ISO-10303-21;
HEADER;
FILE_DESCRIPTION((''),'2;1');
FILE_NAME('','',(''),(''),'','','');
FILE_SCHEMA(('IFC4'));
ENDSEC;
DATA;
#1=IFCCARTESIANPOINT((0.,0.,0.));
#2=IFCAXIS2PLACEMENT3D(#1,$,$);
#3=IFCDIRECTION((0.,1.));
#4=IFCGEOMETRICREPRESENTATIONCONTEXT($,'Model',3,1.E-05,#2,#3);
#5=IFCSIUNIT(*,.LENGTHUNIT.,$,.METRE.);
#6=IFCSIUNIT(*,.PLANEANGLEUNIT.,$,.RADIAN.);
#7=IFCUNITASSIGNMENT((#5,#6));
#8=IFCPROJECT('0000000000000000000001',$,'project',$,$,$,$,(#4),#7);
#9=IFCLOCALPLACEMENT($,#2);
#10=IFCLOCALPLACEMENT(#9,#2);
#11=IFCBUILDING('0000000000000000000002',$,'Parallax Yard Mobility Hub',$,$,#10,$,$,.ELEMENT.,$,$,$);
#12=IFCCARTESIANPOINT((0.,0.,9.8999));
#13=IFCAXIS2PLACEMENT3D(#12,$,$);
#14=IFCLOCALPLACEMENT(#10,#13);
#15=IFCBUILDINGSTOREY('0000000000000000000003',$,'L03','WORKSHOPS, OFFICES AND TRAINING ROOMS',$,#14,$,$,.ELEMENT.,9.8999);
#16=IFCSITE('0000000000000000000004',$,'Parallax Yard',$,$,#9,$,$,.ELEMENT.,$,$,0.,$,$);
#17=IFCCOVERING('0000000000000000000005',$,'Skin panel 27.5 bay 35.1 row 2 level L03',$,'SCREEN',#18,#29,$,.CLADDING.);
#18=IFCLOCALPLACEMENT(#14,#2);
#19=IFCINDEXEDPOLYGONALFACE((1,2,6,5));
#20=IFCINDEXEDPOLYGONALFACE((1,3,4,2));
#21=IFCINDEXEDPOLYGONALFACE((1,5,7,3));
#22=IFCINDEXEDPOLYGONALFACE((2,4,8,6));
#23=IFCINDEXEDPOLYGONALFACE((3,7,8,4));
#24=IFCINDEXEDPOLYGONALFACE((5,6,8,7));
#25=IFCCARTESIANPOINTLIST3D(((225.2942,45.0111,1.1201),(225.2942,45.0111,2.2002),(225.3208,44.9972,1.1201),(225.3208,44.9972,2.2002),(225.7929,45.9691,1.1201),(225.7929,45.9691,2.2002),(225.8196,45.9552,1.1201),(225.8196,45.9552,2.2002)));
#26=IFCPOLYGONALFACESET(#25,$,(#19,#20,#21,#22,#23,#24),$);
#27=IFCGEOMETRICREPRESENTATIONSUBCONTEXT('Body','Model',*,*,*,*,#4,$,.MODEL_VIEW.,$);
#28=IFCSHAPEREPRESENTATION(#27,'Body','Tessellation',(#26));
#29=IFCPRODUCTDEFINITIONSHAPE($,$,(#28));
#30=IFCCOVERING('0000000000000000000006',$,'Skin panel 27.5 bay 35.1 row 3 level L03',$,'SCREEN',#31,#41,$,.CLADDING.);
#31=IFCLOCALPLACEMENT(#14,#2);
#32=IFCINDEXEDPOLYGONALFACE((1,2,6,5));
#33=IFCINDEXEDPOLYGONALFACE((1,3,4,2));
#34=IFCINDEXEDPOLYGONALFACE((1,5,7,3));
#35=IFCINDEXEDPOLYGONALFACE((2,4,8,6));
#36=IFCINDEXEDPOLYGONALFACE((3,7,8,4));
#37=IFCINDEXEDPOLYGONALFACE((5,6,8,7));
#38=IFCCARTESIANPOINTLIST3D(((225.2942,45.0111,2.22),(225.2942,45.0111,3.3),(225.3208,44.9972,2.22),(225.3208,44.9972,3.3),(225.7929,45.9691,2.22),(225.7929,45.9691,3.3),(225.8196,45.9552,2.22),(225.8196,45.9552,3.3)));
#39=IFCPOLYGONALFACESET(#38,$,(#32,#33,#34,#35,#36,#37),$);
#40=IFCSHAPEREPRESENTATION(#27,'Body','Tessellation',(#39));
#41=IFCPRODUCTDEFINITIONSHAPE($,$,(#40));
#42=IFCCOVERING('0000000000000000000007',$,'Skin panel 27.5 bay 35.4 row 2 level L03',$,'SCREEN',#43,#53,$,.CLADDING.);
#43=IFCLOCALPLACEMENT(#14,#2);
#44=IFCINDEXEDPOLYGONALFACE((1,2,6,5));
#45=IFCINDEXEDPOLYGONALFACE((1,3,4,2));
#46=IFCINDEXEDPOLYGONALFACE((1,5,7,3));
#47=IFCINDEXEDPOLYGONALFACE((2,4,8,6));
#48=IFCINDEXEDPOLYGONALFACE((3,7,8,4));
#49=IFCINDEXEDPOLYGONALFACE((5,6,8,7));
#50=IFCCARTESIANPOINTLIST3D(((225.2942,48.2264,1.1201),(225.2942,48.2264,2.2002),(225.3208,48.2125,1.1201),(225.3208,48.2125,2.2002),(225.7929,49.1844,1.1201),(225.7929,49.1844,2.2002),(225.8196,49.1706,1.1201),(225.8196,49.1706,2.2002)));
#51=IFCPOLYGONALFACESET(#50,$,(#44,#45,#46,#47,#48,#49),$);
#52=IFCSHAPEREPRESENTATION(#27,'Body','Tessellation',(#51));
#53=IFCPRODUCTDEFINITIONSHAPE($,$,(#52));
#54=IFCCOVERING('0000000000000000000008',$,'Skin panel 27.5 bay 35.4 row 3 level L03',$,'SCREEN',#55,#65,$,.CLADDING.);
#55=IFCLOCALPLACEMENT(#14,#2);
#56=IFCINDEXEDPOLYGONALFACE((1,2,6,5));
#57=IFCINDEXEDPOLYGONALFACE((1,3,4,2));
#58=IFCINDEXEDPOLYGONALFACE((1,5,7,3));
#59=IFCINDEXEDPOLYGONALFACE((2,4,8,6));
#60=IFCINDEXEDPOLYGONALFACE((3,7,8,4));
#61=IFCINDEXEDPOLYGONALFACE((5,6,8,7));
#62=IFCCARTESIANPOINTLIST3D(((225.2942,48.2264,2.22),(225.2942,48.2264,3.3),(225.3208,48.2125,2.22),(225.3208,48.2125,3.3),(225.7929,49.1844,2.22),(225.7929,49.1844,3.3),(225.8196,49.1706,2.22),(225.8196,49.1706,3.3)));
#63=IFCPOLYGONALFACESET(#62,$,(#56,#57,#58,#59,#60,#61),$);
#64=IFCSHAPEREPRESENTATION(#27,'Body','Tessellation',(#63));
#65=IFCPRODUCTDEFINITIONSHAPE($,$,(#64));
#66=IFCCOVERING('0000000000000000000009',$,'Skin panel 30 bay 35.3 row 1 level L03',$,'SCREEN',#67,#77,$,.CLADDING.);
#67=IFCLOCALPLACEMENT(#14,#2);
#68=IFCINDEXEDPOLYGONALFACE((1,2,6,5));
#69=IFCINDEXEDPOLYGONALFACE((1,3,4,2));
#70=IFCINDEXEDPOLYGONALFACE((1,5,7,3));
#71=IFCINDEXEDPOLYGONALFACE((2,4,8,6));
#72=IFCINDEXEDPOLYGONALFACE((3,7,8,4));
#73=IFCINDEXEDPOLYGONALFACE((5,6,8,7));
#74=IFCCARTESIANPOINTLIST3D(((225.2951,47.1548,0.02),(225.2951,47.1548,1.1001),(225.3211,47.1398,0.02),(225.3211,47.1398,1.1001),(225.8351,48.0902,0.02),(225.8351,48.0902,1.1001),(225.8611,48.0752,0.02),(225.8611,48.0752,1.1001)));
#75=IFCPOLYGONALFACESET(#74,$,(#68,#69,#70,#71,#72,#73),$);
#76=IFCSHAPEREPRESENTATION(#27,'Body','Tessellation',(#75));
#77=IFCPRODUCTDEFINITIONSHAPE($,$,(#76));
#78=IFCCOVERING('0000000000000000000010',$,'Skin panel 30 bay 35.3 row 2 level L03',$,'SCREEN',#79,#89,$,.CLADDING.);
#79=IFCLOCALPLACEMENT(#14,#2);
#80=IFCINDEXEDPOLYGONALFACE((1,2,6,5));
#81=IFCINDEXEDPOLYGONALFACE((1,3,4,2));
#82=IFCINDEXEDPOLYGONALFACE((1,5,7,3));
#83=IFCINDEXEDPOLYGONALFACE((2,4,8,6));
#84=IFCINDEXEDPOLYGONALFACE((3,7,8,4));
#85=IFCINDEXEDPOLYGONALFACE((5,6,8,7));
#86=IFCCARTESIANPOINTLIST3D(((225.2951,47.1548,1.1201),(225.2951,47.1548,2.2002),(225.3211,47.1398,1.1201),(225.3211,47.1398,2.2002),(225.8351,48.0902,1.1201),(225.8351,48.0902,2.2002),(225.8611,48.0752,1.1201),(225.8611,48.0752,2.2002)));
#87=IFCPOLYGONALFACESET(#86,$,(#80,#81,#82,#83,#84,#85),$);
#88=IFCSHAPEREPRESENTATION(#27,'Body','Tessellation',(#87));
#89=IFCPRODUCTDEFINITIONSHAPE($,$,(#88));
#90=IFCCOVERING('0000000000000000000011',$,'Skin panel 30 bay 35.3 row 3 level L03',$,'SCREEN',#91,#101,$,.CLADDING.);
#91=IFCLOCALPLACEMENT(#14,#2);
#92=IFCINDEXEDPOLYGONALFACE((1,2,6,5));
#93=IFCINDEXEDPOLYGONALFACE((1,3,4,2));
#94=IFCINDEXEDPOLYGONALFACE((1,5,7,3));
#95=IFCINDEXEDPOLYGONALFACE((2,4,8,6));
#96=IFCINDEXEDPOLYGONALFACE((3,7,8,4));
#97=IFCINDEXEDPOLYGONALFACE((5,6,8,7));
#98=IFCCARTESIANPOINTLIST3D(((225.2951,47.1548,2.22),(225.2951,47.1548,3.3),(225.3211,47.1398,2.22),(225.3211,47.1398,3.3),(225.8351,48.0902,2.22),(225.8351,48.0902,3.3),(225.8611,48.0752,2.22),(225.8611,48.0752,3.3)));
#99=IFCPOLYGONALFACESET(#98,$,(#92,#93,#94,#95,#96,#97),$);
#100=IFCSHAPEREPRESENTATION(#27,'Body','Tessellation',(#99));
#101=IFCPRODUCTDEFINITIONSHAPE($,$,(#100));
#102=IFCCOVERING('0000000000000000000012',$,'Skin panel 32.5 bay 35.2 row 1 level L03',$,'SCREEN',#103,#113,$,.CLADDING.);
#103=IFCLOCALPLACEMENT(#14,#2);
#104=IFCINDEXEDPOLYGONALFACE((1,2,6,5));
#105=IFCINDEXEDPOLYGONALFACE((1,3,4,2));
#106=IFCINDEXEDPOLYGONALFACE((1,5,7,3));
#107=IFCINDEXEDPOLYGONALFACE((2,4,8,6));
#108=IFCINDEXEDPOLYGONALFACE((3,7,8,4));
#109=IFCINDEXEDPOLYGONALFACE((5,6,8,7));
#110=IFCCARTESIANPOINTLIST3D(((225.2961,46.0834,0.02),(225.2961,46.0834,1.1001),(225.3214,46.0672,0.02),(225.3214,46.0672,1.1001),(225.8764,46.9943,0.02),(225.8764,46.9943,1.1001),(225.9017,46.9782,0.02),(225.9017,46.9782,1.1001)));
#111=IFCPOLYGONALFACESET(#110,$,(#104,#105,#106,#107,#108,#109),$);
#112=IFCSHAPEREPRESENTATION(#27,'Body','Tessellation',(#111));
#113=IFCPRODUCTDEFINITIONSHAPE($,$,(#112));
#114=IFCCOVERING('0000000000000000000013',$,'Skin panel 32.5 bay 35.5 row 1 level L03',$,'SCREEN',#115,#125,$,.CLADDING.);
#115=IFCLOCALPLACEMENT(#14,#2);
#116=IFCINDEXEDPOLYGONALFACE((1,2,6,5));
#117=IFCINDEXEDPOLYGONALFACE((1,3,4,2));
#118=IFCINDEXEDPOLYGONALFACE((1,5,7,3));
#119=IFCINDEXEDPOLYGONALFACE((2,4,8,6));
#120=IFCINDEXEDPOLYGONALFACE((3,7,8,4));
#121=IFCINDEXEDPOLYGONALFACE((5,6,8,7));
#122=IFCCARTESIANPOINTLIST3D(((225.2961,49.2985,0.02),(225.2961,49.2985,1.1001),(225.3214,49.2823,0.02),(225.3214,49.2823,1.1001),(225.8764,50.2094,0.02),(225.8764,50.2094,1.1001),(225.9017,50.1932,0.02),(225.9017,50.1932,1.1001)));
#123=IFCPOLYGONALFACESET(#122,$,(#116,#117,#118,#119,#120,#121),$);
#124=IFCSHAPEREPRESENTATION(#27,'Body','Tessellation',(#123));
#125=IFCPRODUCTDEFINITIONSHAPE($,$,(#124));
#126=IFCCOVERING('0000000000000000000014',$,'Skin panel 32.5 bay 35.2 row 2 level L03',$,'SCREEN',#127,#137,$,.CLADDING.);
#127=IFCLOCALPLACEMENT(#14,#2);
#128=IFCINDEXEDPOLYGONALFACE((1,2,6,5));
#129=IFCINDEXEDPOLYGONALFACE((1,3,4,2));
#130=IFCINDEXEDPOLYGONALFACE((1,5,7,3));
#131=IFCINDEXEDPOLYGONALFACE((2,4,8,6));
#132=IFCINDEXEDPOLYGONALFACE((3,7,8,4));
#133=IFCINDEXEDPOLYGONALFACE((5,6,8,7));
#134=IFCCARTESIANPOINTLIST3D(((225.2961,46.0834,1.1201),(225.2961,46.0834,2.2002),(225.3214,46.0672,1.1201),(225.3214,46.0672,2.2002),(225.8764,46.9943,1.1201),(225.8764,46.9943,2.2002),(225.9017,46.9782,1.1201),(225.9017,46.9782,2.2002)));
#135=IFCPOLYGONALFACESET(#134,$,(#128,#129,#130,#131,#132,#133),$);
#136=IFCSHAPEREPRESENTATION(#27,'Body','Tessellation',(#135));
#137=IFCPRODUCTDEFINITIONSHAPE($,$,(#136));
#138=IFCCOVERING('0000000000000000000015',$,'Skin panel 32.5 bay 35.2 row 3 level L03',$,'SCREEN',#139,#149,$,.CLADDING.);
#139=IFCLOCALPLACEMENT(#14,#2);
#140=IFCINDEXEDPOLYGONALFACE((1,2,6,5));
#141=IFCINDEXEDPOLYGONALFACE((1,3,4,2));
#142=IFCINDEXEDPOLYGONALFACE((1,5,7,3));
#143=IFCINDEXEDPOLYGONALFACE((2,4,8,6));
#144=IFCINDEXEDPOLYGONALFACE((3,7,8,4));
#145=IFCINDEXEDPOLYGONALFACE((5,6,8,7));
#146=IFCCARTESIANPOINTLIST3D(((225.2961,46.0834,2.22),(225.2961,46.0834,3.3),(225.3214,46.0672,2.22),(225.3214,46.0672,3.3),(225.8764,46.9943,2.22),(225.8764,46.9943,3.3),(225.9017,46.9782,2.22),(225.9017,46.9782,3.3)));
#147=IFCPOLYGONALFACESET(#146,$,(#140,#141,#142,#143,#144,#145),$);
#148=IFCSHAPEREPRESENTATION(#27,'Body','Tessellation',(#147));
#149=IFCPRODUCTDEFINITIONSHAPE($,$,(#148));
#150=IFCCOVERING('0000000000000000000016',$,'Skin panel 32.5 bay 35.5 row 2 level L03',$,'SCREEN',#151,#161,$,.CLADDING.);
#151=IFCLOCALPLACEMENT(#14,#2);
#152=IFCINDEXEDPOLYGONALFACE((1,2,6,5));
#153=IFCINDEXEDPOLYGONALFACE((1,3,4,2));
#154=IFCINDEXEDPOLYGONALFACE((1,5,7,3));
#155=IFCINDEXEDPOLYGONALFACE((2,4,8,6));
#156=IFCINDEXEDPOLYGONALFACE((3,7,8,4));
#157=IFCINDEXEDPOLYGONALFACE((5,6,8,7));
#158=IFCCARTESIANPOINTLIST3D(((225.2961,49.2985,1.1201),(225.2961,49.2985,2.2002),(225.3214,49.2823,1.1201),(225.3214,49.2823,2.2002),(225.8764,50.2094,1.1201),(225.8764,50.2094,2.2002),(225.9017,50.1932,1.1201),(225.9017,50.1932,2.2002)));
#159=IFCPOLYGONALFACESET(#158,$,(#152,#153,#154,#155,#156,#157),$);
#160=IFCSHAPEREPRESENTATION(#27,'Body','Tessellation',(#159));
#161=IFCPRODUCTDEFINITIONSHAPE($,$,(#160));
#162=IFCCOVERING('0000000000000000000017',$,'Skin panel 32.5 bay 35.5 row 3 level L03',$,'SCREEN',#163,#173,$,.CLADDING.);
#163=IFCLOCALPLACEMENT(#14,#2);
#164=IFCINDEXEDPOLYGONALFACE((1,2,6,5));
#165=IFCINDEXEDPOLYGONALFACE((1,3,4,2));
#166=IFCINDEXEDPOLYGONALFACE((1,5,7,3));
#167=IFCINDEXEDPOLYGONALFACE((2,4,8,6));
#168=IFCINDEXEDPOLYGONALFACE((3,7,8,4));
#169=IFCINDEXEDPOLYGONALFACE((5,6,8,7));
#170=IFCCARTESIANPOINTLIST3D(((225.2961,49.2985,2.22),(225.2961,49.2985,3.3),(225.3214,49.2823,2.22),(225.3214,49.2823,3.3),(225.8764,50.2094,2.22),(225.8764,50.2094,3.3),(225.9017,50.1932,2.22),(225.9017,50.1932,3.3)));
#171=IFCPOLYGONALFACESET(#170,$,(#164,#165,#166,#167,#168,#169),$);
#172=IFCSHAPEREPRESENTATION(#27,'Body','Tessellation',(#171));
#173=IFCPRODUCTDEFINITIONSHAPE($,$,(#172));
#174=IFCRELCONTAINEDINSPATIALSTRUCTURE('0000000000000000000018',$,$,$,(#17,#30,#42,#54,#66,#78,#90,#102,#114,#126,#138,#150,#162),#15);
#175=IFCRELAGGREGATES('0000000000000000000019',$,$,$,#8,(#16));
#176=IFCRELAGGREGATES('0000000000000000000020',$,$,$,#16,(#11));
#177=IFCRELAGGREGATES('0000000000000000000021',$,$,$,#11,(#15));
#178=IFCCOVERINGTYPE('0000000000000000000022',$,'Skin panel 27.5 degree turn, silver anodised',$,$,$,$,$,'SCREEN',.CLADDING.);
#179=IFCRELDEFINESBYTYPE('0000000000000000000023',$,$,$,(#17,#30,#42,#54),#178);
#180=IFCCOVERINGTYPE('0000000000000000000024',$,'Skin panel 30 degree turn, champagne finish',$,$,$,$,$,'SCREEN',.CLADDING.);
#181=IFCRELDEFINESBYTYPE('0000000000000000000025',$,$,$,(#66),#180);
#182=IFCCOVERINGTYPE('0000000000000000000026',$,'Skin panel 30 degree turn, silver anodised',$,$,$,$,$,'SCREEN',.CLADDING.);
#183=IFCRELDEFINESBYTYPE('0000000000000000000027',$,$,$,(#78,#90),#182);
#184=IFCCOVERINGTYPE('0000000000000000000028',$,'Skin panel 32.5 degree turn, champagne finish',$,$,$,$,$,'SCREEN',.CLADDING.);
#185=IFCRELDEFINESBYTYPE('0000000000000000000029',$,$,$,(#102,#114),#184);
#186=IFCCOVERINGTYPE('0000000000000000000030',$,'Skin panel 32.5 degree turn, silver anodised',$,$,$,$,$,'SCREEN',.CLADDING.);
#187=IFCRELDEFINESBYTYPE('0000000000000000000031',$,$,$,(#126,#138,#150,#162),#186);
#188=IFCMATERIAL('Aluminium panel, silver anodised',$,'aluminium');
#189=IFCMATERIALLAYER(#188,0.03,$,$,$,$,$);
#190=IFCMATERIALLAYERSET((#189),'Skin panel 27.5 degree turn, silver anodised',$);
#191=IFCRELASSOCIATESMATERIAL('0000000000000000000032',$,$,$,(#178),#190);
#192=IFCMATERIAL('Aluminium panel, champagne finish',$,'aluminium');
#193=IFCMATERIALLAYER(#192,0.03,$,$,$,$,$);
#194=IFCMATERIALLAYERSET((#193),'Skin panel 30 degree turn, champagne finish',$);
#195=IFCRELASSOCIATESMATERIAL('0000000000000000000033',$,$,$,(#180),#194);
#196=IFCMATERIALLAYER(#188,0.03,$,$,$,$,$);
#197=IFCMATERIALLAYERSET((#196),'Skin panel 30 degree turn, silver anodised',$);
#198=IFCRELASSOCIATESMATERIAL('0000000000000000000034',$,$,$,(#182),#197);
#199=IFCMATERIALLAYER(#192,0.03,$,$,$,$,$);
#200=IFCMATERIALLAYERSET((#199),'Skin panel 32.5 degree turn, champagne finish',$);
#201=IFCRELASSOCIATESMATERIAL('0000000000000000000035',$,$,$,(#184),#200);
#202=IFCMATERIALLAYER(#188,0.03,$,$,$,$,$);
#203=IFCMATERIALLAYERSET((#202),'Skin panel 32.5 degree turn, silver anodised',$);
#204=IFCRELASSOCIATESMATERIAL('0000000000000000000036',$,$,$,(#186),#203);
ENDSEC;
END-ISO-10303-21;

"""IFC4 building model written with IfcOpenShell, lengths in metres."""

from ifc_helpers import new_model, si_unit, direction, frame, origin, origin_2d, place, context, subcontext, project, spatial, rectangle, extrude, material, layer, layer_set, type_object, element, save


model = new_model("IFC4")

# Units and contexts
model_context = context("Model", 3, precision=1e-05, world=origin(), true_north=direction((0.0, 1.0)))
body_context = subcontext(model_context, "Body", "Model", "MODEL_VIEW")
ifc_project = project(units=[si_unit("LENGTHUNIT", "METRE"), si_unit("PLANEANGLEUNIT", "RADIAN")], contexts=[model_context])

# Site, building, storey
site_placement = place(None, origin())
site = spatial("IfcSite", under=ifc_project, at=site_placement, Name="Parallax Yard", CompositionType="ELEMENT", RefElevation=0.0)
building_placement = place(site_placement, origin())
building = spatial("IfcBuilding", under=site, at=building_placement, Name="Parallax Yard Mobility Hub", CompositionType="ELEMENT")
storey_placement = place(building_placement, frame((0.0, 0.0, 9.8999)))
storey = spatial("IfcBuildingStorey", under=building, at=storey_placement, Name="L03", Description="WORKSHOPS, OFFICES AND TRAINING ROOMS", CompositionType="ELEMENT", Elevation=9.8999)

# Coverings
ifc_material_1 = material(Name="Aluminium panel, champagne finish", Category="aluminium")
ifc_material_2 = material(Name="Aluminium panel, silver anodised", Category="aluminium")
ifc_layer_1 = layer(ifc_material_2, 0.03)
ifc_layer_set_1 = layer_set([ifc_layer_1], Name="Skin panel 27.5 degree turn, silver anodised")
covering_type_1 = type_object("IfcCoveringType", Name="Skin panel 27.5 degree turn, silver anodised", ElementType="SCREEN", PredefinedType="CLADDING", material=ifc_layer_set_1)
for number, where, z_axis, x_axis, name in (
    (1, (225.5569, 45.4832, 1.1201), (0.0, 0.0, 1.0), (0.461749, 0.887011, 0.0), "Skin panel 27.5 bay 35.1 row 2 level L03"),
    (2, (225.5569, 45.4832, 2.22), (0.0, 0.0, 1.0), (0.461749, 0.887011, 0.0), "Skin panel 27.5 bay 35.1 row 3 level L03"),
    (3, (225.5569, 48.6985, 1.1201), (0.0, 0.0, 1.0), (0.461749, 0.887011, 0.0), "Skin panel 27.5 bay 35.4 row 2 level L03"),
    (4, (225.5569, 48.6985, 2.22), (0.0, 0.0, 1.0), (0.461749, 0.887011, 0.0), "Skin panel 27.5 bay 35.4 row 3 level L03"),
):
    element("IfcCovering", number, at=place(storey_placement, frame(where, z_axis=z_axis, x_axis=x_axis)), inside=storey, type_object=covering_type_1, Name=name, ObjectType="SCREEN", PredefinedType="CLADDING", context=body_context, shape_type="SweptSolid", body=[
        extrude(rectangle(XDim=1.0801, YDim=0.03, at=origin_2d()), origin(), (0.0, 0.0, 1.0), 1.0801),
    ])
ifc_layer_2 = layer(ifc_material_1, 0.03)
ifc_layer_set_2 = layer_set([ifc_layer_2], Name="Skin panel 30 degree turn, champagne finish")
covering_type_2 = type_object("IfcCoveringType", Name="Skin panel 30 degree turn, champagne finish", ElementType="SCREEN", PredefinedType="CLADDING", material=ifc_layer_set_2)
covering_1_placement = place(storey_placement, frame((225.5781, 47.615, 0.02), z_axis=(0.0, 0.0, 1.0), x_axis=(0.5, 0.866025, 0.0)))
element("IfcCovering", 5, at=covering_1_placement, inside=storey, type_object=covering_type_2, Name="Skin panel 30 bay 35.3 row 1 level L03", ObjectType="SCREEN", PredefinedType="CLADDING", context=body_context, shape_type="SweptSolid", body=[
    extrude(rectangle(XDim=1.0801, YDim=0.03, at=origin_2d()), origin(), (0.0, 0.0, 1.0), 1.0801),
])
ifc_layer_3 = layer(ifc_material_2, 0.03)
ifc_layer_set_3 = layer_set([ifc_layer_3], Name="Skin panel 30 degree turn, silver anodised")
covering_type_3 = type_object("IfcCoveringType", Name="Skin panel 30 degree turn, silver anodised", ElementType="SCREEN", PredefinedType="CLADDING", material=ifc_layer_set_3)
for number, where, z_axis, x_axis, name in (
    (6, (225.5781, 47.615, 1.1201), (0.0, 0.0, 1.0), (0.5, 0.866025, 0.0), "Skin panel 30 bay 35.3 row 2 level L03"),
    (7, (225.5781, 47.615, 2.22), (0.0, 0.0, 1.0), (0.5, 0.866025, 0.0), "Skin panel 30 bay 35.3 row 3 level L03"),
):
    element("IfcCovering", number, at=place(storey_placement, frame(where, z_axis=z_axis, x_axis=x_axis)), inside=storey, type_object=covering_type_3, Name=name, ObjectType="SCREEN", PredefinedType="CLADDING", context=body_context, shape_type="SweptSolid", body=[
        extrude(rectangle(XDim=1.0801, YDim=0.03, at=origin_2d()), origin(), (0.0, 0.0, 1.0), 1.0801),
    ])
ifc_layer_4 = layer(ifc_material_1, 0.03)
ifc_layer_set_4 = layer_set([ifc_layer_4], Name="Skin panel 32.5 degree turn, champagne finish")
covering_type_4 = type_object("IfcCoveringType", Name="Skin panel 32.5 degree turn, champagne finish", ElementType="SCREEN", PredefinedType="CLADDING", material=ifc_layer_set_4)
for number, where, z_axis, x_axis, name in (
    (8, (225.5989, 46.5308, 0.02), (0.0, 0.0, 1.0), (0.5373, 0.843391, 0.0), "Skin panel 32.5 bay 35.2 row 1 level L03"),
    (9, (225.5989, 49.7458, 0.02), (0.0, 0.0, 1.0), (0.5373, 0.843391, 0.0), "Skin panel 32.5 bay 35.5 row 1 level L03"),
):
    element("IfcCovering", number, at=place(storey_placement, frame(where, z_axis=z_axis, x_axis=x_axis)), inside=storey, type_object=covering_type_4, Name=name, ObjectType="SCREEN", PredefinedType="CLADDING", context=body_context, shape_type="SweptSolid", body=[
        extrude(rectangle(XDim=1.0801, YDim=0.03, at=origin_2d()), origin(), (0.0, 0.0, 1.0), 1.0801),
    ])
ifc_layer_5 = layer(ifc_material_2, 0.03)
ifc_layer_set_5 = layer_set([ifc_layer_5], Name="Skin panel 32.5 degree turn, silver anodised")
covering_type_5 = type_object("IfcCoveringType", Name="Skin panel 32.5 degree turn, silver anodised", ElementType="SCREEN", PredefinedType="CLADDING", material=ifc_layer_set_5)
for number, where, z_axis, x_axis, name in (
    (10, (225.5989, 46.5308, 1.1201), (0.0, 0.0, 1.0), (0.5373, 0.843391, 0.0), "Skin panel 32.5 bay 35.2 row 2 level L03"),
    (11, (225.5989, 46.5308, 2.22), (0.0, 0.0, 1.0), (0.5373, 0.843391, 0.0), "Skin panel 32.5 bay 35.2 row 3 level L03"),
    (12, (225.5989, 49.7458, 1.1201), (0.0, 0.0, 1.0), (0.5373, 0.843391, 0.0), "Skin panel 32.5 bay 35.5 row 2 level L03"),
    (13, (225.5989, 49.7458, 2.22), (0.0, 0.0, 1.0), (0.5373, 0.843391, 0.0), "Skin panel 32.5 bay 35.5 row 3 level L03"),
):
    element("IfcCovering", number, at=place(storey_placement, frame(where, z_axis=z_axis, x_axis=x_axis)), inside=storey, type_object=covering_type_5, Name=name, ObjectType="SCREEN", PredefinedType="CLADDING", context=body_context, shape_type="SweptSolid", body=[
        extrude(rectangle(XDim=1.0801, YDim=0.03, at=origin_2d()), origin(), (0.0, 0.0, 1.0), 1.0801),
    ])

save(model, "model.ifc")
